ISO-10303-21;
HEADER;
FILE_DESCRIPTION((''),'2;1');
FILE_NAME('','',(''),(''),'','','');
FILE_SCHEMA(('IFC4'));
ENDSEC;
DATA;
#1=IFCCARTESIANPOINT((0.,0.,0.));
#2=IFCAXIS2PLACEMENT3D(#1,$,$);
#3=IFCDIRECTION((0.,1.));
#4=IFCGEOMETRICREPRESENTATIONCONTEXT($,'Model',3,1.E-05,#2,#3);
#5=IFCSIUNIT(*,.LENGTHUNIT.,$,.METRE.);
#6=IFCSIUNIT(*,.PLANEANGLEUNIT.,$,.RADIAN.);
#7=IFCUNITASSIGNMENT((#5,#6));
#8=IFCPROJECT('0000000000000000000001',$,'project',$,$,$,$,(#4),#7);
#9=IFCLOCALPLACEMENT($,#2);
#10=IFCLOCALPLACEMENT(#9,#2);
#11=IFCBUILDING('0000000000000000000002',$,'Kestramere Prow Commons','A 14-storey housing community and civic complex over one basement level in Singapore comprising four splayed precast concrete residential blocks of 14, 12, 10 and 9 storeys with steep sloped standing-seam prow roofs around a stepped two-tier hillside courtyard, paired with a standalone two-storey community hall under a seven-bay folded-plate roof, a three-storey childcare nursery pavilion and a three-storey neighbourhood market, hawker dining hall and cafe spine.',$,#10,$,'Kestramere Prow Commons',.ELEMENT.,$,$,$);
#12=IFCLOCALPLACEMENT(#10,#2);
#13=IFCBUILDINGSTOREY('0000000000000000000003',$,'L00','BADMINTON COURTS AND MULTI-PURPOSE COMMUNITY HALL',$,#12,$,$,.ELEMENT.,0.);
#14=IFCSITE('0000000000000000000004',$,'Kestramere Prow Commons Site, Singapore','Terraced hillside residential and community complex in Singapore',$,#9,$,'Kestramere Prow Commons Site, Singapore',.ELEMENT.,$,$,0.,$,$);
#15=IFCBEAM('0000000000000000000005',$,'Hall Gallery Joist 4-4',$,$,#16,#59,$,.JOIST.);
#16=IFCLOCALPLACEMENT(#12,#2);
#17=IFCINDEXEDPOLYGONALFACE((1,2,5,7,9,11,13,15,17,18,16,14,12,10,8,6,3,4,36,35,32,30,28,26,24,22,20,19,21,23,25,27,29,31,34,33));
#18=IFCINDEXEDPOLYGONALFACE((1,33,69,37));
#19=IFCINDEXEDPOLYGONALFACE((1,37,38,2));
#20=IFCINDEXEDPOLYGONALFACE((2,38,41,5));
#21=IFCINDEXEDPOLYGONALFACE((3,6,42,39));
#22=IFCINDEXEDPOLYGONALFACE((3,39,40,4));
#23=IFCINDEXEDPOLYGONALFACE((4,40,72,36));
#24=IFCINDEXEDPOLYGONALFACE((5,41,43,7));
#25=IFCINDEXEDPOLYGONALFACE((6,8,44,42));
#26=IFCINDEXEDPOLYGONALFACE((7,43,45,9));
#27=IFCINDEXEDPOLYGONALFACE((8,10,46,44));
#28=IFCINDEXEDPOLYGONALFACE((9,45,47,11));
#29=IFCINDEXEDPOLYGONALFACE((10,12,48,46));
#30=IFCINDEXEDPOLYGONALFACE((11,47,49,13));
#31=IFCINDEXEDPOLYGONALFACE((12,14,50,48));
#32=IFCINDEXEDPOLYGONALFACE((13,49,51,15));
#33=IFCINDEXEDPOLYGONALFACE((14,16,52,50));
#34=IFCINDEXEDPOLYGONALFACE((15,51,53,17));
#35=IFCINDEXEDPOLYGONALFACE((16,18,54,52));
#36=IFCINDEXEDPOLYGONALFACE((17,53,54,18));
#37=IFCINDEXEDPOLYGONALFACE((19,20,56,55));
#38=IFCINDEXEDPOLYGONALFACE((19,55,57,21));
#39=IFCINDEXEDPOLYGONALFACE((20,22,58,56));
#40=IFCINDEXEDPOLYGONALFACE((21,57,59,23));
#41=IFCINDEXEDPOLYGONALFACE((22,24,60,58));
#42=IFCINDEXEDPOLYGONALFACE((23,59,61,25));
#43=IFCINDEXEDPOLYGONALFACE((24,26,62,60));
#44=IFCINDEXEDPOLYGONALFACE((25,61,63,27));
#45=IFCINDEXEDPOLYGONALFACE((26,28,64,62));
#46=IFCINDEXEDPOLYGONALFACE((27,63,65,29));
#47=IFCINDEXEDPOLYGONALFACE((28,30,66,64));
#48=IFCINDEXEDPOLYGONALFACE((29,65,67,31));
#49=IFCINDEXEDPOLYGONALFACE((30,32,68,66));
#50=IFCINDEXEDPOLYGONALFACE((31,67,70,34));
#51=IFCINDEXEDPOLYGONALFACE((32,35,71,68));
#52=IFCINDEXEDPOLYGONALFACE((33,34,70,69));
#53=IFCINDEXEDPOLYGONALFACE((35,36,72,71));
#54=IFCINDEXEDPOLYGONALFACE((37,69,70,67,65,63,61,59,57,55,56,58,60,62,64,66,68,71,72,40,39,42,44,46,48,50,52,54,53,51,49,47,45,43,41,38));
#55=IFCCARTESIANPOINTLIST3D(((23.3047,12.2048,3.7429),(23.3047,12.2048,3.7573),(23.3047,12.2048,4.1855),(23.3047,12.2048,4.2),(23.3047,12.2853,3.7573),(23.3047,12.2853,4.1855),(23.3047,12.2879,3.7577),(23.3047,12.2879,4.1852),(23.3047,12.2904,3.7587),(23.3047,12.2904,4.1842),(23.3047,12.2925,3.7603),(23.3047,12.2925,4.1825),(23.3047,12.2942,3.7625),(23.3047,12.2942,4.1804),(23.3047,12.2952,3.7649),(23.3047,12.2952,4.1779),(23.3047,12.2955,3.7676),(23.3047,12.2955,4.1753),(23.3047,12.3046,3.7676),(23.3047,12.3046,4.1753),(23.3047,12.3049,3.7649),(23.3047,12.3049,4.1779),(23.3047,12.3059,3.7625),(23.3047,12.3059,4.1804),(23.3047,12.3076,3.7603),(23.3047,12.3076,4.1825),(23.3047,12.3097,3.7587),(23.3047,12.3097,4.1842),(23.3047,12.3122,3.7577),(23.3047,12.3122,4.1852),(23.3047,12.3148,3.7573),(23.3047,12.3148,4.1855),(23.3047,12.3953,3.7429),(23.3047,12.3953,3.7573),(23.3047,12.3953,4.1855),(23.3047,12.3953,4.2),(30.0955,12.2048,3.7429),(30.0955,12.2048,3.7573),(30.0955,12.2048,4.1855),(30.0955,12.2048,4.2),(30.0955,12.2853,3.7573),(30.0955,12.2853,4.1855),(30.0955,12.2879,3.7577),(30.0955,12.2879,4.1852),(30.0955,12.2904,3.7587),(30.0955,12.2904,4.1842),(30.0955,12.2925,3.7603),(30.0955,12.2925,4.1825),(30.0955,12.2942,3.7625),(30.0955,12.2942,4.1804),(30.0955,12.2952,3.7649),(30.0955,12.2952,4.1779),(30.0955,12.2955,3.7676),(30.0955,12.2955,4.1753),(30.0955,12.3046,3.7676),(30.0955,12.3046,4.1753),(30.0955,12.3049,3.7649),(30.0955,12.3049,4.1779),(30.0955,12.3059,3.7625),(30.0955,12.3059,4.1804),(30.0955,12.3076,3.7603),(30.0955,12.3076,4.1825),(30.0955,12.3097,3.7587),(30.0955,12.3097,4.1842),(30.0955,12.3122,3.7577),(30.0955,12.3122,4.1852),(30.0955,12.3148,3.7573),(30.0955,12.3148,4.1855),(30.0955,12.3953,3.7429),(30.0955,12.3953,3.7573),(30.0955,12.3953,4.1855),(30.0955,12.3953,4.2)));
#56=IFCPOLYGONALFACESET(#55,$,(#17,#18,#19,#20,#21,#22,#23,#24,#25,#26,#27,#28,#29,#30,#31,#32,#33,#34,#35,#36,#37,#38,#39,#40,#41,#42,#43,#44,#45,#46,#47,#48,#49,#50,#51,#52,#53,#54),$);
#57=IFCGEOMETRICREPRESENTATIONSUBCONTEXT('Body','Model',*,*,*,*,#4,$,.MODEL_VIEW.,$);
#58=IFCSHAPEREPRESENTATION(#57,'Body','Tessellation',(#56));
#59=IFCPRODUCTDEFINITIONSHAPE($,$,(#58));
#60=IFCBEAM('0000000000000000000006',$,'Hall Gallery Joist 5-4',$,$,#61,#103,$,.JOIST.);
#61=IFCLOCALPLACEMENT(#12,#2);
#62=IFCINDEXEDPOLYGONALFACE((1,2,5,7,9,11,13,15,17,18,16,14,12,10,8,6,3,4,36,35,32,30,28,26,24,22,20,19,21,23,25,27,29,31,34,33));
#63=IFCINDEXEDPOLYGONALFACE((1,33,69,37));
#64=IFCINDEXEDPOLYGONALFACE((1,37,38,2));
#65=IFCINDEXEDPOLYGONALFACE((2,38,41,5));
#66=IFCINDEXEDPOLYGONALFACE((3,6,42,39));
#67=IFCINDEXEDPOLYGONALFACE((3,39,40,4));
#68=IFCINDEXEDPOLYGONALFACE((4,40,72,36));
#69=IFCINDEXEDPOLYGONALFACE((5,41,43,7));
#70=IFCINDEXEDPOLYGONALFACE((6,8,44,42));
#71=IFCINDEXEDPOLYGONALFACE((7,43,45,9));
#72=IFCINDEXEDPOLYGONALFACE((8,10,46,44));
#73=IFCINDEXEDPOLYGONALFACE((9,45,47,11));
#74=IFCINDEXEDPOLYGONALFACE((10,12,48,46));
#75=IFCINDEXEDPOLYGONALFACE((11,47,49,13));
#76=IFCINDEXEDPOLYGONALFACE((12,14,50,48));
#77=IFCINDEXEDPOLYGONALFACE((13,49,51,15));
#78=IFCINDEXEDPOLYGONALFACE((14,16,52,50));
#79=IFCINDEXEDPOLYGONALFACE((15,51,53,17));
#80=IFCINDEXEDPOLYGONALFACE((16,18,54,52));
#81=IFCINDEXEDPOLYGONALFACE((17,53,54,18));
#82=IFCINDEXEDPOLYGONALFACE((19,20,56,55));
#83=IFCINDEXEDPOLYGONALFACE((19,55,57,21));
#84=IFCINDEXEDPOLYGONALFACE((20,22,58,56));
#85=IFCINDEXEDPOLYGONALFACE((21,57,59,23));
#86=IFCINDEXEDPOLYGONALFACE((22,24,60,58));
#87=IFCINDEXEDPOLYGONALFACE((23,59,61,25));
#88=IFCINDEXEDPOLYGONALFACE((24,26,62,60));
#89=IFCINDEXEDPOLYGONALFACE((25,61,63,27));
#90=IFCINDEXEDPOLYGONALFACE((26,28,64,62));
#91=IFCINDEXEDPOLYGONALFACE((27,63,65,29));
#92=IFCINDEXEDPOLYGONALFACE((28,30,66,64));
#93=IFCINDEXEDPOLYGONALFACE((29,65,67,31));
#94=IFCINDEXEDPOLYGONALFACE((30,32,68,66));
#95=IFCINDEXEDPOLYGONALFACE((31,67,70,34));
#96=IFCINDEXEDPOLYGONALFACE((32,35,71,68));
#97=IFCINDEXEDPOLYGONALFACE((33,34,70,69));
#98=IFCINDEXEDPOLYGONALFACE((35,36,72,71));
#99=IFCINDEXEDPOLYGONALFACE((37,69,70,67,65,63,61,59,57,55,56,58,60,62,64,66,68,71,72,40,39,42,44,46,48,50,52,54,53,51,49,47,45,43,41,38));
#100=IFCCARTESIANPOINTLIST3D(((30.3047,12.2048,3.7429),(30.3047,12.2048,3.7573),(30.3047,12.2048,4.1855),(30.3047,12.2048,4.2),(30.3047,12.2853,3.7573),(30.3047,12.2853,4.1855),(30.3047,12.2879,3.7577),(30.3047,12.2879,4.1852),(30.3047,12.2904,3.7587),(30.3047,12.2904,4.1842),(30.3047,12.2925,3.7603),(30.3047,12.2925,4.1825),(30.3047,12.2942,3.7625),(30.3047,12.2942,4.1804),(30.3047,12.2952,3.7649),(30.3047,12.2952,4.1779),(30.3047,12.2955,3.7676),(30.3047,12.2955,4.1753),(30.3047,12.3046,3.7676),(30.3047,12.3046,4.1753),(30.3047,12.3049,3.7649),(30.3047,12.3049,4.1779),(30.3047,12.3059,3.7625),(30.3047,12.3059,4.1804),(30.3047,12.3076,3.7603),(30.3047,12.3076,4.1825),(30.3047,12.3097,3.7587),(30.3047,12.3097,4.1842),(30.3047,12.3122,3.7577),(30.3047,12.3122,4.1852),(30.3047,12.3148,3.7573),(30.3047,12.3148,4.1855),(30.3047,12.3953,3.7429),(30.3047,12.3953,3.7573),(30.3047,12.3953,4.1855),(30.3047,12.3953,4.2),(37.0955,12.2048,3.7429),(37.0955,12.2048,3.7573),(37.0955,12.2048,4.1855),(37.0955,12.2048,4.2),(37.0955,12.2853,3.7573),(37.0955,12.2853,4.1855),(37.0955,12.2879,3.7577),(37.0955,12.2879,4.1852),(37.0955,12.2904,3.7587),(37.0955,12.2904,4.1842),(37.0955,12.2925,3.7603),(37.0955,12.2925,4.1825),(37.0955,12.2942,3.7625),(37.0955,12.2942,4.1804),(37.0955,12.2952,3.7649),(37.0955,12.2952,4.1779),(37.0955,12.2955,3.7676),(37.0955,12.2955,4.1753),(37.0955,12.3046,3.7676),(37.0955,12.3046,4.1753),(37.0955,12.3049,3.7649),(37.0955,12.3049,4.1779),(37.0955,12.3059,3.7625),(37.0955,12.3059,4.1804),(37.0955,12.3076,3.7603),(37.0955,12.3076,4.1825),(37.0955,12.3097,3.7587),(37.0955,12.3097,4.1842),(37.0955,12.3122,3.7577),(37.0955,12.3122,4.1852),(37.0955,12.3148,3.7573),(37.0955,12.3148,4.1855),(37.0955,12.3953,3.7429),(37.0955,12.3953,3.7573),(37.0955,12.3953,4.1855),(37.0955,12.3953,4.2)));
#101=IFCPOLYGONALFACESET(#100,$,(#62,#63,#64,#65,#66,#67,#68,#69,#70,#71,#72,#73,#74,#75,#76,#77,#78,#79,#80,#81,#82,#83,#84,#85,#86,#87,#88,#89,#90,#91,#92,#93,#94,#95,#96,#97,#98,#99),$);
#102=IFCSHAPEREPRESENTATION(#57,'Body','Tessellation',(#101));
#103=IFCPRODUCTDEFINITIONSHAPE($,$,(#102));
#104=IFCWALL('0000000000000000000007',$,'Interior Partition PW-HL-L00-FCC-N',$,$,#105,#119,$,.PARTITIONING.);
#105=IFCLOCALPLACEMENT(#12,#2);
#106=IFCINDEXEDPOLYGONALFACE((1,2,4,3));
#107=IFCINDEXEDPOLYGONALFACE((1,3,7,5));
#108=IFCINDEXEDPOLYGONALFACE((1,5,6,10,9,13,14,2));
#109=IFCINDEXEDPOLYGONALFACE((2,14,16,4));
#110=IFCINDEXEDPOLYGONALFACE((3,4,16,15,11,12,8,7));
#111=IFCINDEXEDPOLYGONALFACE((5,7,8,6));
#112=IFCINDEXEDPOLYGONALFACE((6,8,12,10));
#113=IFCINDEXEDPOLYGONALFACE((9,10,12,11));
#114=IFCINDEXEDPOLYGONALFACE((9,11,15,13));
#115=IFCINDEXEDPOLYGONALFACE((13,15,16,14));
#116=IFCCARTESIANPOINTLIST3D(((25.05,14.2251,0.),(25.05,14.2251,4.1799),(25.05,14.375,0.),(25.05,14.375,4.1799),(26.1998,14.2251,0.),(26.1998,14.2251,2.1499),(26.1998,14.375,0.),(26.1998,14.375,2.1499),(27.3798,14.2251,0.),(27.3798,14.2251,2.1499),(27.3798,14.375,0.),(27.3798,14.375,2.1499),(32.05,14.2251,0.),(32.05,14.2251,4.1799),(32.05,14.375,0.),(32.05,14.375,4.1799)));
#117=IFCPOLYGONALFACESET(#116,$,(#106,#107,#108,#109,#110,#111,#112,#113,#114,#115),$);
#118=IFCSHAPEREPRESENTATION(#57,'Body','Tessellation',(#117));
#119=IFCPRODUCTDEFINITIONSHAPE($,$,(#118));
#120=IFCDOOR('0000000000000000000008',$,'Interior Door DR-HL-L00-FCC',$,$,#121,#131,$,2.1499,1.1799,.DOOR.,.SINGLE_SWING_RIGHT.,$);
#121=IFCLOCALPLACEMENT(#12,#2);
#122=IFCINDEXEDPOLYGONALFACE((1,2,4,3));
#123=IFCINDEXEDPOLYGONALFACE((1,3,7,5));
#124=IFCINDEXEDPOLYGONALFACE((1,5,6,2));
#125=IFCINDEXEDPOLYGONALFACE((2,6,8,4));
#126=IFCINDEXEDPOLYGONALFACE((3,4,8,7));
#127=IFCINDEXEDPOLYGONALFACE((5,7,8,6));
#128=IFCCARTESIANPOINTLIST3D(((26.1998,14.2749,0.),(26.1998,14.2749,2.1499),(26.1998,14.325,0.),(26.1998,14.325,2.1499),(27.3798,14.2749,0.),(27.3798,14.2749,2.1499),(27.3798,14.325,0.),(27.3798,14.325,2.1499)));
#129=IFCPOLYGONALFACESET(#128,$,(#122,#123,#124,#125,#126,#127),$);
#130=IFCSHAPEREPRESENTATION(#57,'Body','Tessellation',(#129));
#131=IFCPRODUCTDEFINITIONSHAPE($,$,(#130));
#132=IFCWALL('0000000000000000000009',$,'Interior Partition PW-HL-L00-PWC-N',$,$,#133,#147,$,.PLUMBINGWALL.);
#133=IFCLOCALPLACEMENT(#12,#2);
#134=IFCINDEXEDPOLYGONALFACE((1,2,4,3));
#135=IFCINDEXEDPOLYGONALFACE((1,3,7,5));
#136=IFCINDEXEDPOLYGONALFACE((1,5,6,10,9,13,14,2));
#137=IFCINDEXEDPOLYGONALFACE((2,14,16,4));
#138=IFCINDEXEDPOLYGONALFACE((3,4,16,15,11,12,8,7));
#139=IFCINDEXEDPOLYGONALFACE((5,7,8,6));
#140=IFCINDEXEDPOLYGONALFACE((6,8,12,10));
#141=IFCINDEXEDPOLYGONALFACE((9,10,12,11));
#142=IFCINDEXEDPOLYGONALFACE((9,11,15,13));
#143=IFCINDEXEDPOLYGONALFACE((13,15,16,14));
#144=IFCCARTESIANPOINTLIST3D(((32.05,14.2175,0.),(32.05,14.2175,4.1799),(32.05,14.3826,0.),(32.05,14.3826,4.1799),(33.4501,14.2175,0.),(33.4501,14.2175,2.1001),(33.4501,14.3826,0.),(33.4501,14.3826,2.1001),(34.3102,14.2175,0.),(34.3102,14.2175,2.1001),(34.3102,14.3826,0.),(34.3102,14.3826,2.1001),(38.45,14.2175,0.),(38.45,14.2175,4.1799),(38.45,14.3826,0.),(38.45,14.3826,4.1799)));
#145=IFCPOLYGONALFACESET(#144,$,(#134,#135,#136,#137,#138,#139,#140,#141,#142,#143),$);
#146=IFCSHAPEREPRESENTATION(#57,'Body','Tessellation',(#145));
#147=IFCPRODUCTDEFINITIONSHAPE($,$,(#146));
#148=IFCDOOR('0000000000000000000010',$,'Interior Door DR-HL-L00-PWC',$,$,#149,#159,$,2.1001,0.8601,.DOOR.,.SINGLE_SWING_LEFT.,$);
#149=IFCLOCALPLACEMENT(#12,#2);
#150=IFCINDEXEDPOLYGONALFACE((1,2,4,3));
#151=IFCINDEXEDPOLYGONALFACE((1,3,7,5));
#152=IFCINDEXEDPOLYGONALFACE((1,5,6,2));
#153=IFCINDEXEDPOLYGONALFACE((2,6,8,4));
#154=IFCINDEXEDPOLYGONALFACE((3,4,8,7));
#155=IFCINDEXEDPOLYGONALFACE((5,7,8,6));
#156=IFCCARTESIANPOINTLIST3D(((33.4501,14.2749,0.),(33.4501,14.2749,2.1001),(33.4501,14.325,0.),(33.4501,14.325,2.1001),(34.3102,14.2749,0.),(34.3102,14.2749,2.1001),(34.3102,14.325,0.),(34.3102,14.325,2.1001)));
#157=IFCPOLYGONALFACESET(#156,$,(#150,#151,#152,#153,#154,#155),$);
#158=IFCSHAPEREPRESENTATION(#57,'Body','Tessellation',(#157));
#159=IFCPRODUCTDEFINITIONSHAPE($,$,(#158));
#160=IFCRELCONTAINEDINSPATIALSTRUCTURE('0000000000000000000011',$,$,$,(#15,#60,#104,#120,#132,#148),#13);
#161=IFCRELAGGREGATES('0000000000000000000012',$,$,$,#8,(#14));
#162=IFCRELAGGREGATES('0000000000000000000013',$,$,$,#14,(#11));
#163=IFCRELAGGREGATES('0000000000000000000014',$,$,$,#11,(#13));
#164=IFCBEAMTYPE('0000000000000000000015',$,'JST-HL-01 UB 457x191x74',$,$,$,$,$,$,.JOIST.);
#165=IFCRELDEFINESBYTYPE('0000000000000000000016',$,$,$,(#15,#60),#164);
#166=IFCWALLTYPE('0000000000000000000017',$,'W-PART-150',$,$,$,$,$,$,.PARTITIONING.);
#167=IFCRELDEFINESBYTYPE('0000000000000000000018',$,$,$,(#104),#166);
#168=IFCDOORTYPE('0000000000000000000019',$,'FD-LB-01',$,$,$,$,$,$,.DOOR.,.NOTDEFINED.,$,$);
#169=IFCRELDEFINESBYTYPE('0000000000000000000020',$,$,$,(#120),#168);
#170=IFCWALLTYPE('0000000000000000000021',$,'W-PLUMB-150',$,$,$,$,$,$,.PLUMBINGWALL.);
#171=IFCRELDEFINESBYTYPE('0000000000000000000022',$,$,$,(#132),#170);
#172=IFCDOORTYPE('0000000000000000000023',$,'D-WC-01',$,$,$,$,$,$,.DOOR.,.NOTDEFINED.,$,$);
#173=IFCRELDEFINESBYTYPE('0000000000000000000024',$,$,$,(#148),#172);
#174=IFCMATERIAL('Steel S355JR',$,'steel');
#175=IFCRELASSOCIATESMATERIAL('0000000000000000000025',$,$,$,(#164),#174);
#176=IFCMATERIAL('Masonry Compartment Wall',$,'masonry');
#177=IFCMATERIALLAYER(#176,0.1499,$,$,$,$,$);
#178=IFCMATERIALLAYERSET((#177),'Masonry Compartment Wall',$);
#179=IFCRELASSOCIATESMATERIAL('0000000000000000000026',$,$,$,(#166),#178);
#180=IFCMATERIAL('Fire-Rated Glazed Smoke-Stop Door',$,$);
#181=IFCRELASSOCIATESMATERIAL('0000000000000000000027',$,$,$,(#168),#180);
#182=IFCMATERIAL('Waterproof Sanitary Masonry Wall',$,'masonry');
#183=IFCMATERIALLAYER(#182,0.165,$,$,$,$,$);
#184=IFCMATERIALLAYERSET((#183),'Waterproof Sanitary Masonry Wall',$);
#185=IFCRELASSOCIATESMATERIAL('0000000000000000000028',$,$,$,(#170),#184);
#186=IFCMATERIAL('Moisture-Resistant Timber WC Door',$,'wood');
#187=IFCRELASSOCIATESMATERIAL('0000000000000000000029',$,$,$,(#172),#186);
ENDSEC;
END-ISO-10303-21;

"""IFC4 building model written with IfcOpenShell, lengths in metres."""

from ifc_helpers import new_model, si_unit, direction, frame, frame_2d, origin, origin_2d, place, context, subcontext, project, spatial, rectangle, i_section, extrude, material, layer, layer_set, material_profile, profile_set, type_object, element, fill, save


model = new_model("IFC4")

# Units and contexts
model_context = context("Model", 3, precision=1e-05, world=origin(), true_north=direction((0.0, 1.0)))
body_context = subcontext(model_context, "Body", "Model", "MODEL_VIEW")
ifc_project = project(units=[si_unit("LENGTHUNIT", "METRE"), si_unit("PLANEANGLEUNIT", "RADIAN")], contexts=[model_context])

# Site, building, storey
site_placement = place(None, origin())
site = spatial("IfcSite", under=ifc_project, at=site_placement, Name="Kestramere Prow Commons Site, Singapore", Description="Terraced hillside residential and community complex in Singapore", LongName="Kestramere Prow Commons Site, Singapore", CompositionType="ELEMENT", RefElevation=0.0)
building_placement = place(site_placement, origin())
building = spatial("IfcBuilding", under=site, at=building_placement, Name="Kestramere Prow Commons", Description="A 14-storey housing community and civic complex over one basement level in Singapore comprising four splayed precast concrete residential blocks of 14, 12, 10 and 9 storeys with steep sloped standing-seam prow roofs around a stepped two-tier hillside courtyard, paired with a standalone two-storey community hall under a seven-bay folded-plate roof, a three-storey childcare nursery pavilion and a three-storey neighbourhood market, hawker dining hall and cafe spine.", LongName="Kestramere Prow Commons", CompositionType="ELEMENT")
storey_placement = place(building_placement, origin())
storey = spatial("IfcBuildingStorey", under=building, at=storey_placement, Name="L00", Description="BADMINTON COURTS AND MULTI-PURPOSE COMMUNITY HALL", CompositionType="ELEMENT", Elevation=0.0)

# Beams
ifc_material_1 = material(Name="Steel S355JR", Category="steel")
ifc_material_profile_1 = material_profile(ifc_material_1, i_section(OverallWidth=0.1904, OverallDepth=0.457, WebThickness=0.009, FlangeThickness=0.0144, FilletRadius=0.0103, at=origin_2d()), Name="UB 457x191x74")
ifc_profile_set_1 = profile_set([ifc_material_profile_1], Name="Steel S355JR")
beam_type_1 = type_object("IfcBeamType", Name="JST-HL-01 UB 457x191x74", PredefinedType="JOIST", material=ifc_profile_set_1)
for number, where, z_axis, x_axis, name in (
    (1, (23.3047, 12.3, 3.9714), (1.0, 0.0, 0.0), (0.0, 1.0, 0.0), "Hall Gallery Joist 4-4"),
    (2, (30.3047, 12.3, 3.9714), (1.0, 0.0, 0.0), (0.0, 1.0, 0.0), "Hall Gallery Joist 5-4"),
):
    element("IfcBeam", number, at=place(storey_placement, frame(where, z_axis=z_axis, x_axis=x_axis)), inside=storey, type_object=beam_type_1, Name=name, PredefinedType="JOIST", context=body_context, shape_type="SweptSolid", body=[
        extrude(i_section(OverallWidth=0.1904, OverallDepth=0.457, WebThickness=0.009, FlangeThickness=0.0144, FilletRadius=0.0103, at=origin_2d()), origin(), (0.0, 0.0, 1.0), 6.7908),
    ])

# Walls, openings, doors
ifc_material_2 = material(Name="Masonry Compartment Wall", Category="masonry")
ifc_layer_1 = layer(ifc_material_2, 0.1499)
ifc_layer_set_1 = layer_set([ifc_layer_1], Name="Masonry Compartment Wall")
wall_type_1 = type_object("IfcWallType", Name="W-PART-150", PredefinedType="PARTITIONING", material=ifc_layer_set_1)
wall_1_placement = place(storey_placement, frame((25.05, 14.3, 0.0), z_axis=(0.0, 0.0, 1.0), x_axis=(1.0, 0.0, 0.0)))
wall_1 = element("IfcWall", 3, at=wall_1_placement, inside=storey, type_object=wall_type_1, Name="Interior Partition PW-HL-L00-FCC-N", PredefinedType="PARTITIONING", context=body_context, shape_type="SweptSolid", body=[
    extrude(rectangle(XDim=7.0, YDim=0.1499, at=frame_2d((3.5, 0.0))), origin(), (0.0, 0.0, 1.0), 4.1799),
])
opening_1_placement = place(wall_1_placement, frame((1.1499, 0.0, 0.0)))
opening_1 = element("IfcOpeningElement", 4, at=opening_1_placement, cuts=wall_1, PredefinedType="OPENING", context=body_context, shape_type="SweptSolid", body=[
    extrude(rectangle(XDim=1.1799, YDim=2.1499, at=frame_2d((0.5898, 1.075))), frame((0.0, 0.0898, 0.0), z_axis=(0.0, -1.0, 0.0), x_axis=(1.0, 0.0, 0.0)), (0.0, 0.0, 1.0), 0.1799),
])
ifc_material_3 = material(Name="Fire-Rated Glazed Smoke-Stop Door")
door_type_1 = type_object("IfcDoorType", Name="FD-LB-01", OperationType="NOTDEFINED", PredefinedType="DOOR", material=ifc_material_3)
door_1_placement = place(opening_1_placement, origin())
door_1 = element("IfcDoor", 5, at=door_1_placement, inside=storey, type_object=door_type_1, Name="Interior Door DR-HL-L00-FCC", OperationType="SINGLE_SWING_RIGHT", OverallHeight=2.1499, OverallWidth=1.1799, PredefinedType="DOOR", context=body_context, shape_type="SweptSolid", body=[
    extrude(rectangle(XDim=1.1799, YDim=2.1499, at=frame_2d((0.5898, 1.075))), frame((0.0, 0.0249, 0.0), z_axis=(0.0, -1.0, 0.0), x_axis=(1.0, 0.0, 0.0)), (0.0, 0.0, 1.0), 0.05),
])
fill(opening_1, door_1)
ifc_material_4 = material(Name="Waterproof Sanitary Masonry Wall", Category="masonry")
ifc_layer_2 = layer(ifc_material_4, 0.165)
ifc_layer_set_2 = layer_set([ifc_layer_2], Name="Waterproof Sanitary Masonry Wall")
wall_type_2 = type_object("IfcWallType", Name="W-PLUMB-150", PredefinedType="PLUMBINGWALL", material=ifc_layer_set_2)
wall_2_placement = place(storey_placement, frame((32.05, 14.3, 0.0), z_axis=(0.0, 0.0, 1.0), x_axis=(1.0, 0.0, 0.0)))
wall_2 = element("IfcWall", 6, at=wall_2_placement, inside=storey, type_object=wall_type_2, Name="Interior Partition PW-HL-L00-PWC-N", PredefinedType="PLUMBINGWALL", context=body_context, shape_type="SweptSolid", body=[
    extrude(rectangle(XDim=6.3999, YDim=0.165, at=frame_2d((3.2, 0.0))), origin(), (0.0, 0.0, 1.0), 4.1799),
])
opening_2_placement = place(wall_2_placement, frame((1.3999, 0.0, 0.0)))
opening_2 = element("IfcOpeningElement", 7, at=opening_2_placement, cuts=wall_2, PredefinedType="OPENING", context=body_context, shape_type="SweptSolid", body=[
    extrude(rectangle(XDim=0.8601, YDim=2.1001, at=frame_2d((0.4302, 1.05))), frame((0.0, 0.0974, 0.0), z_axis=(0.0, -1.0, 0.0), x_axis=(1.0, 0.0, 0.0)), (0.0, 0.0, 1.0), 0.1951),
])
ifc_material_5 = material(Name="Moisture-Resistant Timber WC Door", Category="wood")
door_type_2 = type_object("IfcDoorType", Name="D-WC-01", OperationType="NOTDEFINED", PredefinedType="DOOR", material=ifc_material_5)
door_2_placement = place(opening_2_placement, origin())
door_2 = element("IfcDoor", 8, at=door_2_placement, inside=storey, type_object=door_type_2, Name="Interior Door DR-HL-L00-PWC", OperationType="SINGLE_SWING_LEFT", OverallHeight=2.1001, OverallWidth=0.8601, PredefinedType="DOOR", context=body_context, shape_type="SweptSolid", body=[
    extrude(rectangle(XDim=0.8601, YDim=2.1001, at=frame_2d((0.4302, 1.05))), frame((0.0, 0.0249, 0.0), z_axis=(0.0, -1.0, 0.0), x_axis=(1.0, 0.0, 0.0)), (0.0, 0.0, 1.0), 0.05),
])
fill(opening_2, door_2)

save(model, "model.ifc")
